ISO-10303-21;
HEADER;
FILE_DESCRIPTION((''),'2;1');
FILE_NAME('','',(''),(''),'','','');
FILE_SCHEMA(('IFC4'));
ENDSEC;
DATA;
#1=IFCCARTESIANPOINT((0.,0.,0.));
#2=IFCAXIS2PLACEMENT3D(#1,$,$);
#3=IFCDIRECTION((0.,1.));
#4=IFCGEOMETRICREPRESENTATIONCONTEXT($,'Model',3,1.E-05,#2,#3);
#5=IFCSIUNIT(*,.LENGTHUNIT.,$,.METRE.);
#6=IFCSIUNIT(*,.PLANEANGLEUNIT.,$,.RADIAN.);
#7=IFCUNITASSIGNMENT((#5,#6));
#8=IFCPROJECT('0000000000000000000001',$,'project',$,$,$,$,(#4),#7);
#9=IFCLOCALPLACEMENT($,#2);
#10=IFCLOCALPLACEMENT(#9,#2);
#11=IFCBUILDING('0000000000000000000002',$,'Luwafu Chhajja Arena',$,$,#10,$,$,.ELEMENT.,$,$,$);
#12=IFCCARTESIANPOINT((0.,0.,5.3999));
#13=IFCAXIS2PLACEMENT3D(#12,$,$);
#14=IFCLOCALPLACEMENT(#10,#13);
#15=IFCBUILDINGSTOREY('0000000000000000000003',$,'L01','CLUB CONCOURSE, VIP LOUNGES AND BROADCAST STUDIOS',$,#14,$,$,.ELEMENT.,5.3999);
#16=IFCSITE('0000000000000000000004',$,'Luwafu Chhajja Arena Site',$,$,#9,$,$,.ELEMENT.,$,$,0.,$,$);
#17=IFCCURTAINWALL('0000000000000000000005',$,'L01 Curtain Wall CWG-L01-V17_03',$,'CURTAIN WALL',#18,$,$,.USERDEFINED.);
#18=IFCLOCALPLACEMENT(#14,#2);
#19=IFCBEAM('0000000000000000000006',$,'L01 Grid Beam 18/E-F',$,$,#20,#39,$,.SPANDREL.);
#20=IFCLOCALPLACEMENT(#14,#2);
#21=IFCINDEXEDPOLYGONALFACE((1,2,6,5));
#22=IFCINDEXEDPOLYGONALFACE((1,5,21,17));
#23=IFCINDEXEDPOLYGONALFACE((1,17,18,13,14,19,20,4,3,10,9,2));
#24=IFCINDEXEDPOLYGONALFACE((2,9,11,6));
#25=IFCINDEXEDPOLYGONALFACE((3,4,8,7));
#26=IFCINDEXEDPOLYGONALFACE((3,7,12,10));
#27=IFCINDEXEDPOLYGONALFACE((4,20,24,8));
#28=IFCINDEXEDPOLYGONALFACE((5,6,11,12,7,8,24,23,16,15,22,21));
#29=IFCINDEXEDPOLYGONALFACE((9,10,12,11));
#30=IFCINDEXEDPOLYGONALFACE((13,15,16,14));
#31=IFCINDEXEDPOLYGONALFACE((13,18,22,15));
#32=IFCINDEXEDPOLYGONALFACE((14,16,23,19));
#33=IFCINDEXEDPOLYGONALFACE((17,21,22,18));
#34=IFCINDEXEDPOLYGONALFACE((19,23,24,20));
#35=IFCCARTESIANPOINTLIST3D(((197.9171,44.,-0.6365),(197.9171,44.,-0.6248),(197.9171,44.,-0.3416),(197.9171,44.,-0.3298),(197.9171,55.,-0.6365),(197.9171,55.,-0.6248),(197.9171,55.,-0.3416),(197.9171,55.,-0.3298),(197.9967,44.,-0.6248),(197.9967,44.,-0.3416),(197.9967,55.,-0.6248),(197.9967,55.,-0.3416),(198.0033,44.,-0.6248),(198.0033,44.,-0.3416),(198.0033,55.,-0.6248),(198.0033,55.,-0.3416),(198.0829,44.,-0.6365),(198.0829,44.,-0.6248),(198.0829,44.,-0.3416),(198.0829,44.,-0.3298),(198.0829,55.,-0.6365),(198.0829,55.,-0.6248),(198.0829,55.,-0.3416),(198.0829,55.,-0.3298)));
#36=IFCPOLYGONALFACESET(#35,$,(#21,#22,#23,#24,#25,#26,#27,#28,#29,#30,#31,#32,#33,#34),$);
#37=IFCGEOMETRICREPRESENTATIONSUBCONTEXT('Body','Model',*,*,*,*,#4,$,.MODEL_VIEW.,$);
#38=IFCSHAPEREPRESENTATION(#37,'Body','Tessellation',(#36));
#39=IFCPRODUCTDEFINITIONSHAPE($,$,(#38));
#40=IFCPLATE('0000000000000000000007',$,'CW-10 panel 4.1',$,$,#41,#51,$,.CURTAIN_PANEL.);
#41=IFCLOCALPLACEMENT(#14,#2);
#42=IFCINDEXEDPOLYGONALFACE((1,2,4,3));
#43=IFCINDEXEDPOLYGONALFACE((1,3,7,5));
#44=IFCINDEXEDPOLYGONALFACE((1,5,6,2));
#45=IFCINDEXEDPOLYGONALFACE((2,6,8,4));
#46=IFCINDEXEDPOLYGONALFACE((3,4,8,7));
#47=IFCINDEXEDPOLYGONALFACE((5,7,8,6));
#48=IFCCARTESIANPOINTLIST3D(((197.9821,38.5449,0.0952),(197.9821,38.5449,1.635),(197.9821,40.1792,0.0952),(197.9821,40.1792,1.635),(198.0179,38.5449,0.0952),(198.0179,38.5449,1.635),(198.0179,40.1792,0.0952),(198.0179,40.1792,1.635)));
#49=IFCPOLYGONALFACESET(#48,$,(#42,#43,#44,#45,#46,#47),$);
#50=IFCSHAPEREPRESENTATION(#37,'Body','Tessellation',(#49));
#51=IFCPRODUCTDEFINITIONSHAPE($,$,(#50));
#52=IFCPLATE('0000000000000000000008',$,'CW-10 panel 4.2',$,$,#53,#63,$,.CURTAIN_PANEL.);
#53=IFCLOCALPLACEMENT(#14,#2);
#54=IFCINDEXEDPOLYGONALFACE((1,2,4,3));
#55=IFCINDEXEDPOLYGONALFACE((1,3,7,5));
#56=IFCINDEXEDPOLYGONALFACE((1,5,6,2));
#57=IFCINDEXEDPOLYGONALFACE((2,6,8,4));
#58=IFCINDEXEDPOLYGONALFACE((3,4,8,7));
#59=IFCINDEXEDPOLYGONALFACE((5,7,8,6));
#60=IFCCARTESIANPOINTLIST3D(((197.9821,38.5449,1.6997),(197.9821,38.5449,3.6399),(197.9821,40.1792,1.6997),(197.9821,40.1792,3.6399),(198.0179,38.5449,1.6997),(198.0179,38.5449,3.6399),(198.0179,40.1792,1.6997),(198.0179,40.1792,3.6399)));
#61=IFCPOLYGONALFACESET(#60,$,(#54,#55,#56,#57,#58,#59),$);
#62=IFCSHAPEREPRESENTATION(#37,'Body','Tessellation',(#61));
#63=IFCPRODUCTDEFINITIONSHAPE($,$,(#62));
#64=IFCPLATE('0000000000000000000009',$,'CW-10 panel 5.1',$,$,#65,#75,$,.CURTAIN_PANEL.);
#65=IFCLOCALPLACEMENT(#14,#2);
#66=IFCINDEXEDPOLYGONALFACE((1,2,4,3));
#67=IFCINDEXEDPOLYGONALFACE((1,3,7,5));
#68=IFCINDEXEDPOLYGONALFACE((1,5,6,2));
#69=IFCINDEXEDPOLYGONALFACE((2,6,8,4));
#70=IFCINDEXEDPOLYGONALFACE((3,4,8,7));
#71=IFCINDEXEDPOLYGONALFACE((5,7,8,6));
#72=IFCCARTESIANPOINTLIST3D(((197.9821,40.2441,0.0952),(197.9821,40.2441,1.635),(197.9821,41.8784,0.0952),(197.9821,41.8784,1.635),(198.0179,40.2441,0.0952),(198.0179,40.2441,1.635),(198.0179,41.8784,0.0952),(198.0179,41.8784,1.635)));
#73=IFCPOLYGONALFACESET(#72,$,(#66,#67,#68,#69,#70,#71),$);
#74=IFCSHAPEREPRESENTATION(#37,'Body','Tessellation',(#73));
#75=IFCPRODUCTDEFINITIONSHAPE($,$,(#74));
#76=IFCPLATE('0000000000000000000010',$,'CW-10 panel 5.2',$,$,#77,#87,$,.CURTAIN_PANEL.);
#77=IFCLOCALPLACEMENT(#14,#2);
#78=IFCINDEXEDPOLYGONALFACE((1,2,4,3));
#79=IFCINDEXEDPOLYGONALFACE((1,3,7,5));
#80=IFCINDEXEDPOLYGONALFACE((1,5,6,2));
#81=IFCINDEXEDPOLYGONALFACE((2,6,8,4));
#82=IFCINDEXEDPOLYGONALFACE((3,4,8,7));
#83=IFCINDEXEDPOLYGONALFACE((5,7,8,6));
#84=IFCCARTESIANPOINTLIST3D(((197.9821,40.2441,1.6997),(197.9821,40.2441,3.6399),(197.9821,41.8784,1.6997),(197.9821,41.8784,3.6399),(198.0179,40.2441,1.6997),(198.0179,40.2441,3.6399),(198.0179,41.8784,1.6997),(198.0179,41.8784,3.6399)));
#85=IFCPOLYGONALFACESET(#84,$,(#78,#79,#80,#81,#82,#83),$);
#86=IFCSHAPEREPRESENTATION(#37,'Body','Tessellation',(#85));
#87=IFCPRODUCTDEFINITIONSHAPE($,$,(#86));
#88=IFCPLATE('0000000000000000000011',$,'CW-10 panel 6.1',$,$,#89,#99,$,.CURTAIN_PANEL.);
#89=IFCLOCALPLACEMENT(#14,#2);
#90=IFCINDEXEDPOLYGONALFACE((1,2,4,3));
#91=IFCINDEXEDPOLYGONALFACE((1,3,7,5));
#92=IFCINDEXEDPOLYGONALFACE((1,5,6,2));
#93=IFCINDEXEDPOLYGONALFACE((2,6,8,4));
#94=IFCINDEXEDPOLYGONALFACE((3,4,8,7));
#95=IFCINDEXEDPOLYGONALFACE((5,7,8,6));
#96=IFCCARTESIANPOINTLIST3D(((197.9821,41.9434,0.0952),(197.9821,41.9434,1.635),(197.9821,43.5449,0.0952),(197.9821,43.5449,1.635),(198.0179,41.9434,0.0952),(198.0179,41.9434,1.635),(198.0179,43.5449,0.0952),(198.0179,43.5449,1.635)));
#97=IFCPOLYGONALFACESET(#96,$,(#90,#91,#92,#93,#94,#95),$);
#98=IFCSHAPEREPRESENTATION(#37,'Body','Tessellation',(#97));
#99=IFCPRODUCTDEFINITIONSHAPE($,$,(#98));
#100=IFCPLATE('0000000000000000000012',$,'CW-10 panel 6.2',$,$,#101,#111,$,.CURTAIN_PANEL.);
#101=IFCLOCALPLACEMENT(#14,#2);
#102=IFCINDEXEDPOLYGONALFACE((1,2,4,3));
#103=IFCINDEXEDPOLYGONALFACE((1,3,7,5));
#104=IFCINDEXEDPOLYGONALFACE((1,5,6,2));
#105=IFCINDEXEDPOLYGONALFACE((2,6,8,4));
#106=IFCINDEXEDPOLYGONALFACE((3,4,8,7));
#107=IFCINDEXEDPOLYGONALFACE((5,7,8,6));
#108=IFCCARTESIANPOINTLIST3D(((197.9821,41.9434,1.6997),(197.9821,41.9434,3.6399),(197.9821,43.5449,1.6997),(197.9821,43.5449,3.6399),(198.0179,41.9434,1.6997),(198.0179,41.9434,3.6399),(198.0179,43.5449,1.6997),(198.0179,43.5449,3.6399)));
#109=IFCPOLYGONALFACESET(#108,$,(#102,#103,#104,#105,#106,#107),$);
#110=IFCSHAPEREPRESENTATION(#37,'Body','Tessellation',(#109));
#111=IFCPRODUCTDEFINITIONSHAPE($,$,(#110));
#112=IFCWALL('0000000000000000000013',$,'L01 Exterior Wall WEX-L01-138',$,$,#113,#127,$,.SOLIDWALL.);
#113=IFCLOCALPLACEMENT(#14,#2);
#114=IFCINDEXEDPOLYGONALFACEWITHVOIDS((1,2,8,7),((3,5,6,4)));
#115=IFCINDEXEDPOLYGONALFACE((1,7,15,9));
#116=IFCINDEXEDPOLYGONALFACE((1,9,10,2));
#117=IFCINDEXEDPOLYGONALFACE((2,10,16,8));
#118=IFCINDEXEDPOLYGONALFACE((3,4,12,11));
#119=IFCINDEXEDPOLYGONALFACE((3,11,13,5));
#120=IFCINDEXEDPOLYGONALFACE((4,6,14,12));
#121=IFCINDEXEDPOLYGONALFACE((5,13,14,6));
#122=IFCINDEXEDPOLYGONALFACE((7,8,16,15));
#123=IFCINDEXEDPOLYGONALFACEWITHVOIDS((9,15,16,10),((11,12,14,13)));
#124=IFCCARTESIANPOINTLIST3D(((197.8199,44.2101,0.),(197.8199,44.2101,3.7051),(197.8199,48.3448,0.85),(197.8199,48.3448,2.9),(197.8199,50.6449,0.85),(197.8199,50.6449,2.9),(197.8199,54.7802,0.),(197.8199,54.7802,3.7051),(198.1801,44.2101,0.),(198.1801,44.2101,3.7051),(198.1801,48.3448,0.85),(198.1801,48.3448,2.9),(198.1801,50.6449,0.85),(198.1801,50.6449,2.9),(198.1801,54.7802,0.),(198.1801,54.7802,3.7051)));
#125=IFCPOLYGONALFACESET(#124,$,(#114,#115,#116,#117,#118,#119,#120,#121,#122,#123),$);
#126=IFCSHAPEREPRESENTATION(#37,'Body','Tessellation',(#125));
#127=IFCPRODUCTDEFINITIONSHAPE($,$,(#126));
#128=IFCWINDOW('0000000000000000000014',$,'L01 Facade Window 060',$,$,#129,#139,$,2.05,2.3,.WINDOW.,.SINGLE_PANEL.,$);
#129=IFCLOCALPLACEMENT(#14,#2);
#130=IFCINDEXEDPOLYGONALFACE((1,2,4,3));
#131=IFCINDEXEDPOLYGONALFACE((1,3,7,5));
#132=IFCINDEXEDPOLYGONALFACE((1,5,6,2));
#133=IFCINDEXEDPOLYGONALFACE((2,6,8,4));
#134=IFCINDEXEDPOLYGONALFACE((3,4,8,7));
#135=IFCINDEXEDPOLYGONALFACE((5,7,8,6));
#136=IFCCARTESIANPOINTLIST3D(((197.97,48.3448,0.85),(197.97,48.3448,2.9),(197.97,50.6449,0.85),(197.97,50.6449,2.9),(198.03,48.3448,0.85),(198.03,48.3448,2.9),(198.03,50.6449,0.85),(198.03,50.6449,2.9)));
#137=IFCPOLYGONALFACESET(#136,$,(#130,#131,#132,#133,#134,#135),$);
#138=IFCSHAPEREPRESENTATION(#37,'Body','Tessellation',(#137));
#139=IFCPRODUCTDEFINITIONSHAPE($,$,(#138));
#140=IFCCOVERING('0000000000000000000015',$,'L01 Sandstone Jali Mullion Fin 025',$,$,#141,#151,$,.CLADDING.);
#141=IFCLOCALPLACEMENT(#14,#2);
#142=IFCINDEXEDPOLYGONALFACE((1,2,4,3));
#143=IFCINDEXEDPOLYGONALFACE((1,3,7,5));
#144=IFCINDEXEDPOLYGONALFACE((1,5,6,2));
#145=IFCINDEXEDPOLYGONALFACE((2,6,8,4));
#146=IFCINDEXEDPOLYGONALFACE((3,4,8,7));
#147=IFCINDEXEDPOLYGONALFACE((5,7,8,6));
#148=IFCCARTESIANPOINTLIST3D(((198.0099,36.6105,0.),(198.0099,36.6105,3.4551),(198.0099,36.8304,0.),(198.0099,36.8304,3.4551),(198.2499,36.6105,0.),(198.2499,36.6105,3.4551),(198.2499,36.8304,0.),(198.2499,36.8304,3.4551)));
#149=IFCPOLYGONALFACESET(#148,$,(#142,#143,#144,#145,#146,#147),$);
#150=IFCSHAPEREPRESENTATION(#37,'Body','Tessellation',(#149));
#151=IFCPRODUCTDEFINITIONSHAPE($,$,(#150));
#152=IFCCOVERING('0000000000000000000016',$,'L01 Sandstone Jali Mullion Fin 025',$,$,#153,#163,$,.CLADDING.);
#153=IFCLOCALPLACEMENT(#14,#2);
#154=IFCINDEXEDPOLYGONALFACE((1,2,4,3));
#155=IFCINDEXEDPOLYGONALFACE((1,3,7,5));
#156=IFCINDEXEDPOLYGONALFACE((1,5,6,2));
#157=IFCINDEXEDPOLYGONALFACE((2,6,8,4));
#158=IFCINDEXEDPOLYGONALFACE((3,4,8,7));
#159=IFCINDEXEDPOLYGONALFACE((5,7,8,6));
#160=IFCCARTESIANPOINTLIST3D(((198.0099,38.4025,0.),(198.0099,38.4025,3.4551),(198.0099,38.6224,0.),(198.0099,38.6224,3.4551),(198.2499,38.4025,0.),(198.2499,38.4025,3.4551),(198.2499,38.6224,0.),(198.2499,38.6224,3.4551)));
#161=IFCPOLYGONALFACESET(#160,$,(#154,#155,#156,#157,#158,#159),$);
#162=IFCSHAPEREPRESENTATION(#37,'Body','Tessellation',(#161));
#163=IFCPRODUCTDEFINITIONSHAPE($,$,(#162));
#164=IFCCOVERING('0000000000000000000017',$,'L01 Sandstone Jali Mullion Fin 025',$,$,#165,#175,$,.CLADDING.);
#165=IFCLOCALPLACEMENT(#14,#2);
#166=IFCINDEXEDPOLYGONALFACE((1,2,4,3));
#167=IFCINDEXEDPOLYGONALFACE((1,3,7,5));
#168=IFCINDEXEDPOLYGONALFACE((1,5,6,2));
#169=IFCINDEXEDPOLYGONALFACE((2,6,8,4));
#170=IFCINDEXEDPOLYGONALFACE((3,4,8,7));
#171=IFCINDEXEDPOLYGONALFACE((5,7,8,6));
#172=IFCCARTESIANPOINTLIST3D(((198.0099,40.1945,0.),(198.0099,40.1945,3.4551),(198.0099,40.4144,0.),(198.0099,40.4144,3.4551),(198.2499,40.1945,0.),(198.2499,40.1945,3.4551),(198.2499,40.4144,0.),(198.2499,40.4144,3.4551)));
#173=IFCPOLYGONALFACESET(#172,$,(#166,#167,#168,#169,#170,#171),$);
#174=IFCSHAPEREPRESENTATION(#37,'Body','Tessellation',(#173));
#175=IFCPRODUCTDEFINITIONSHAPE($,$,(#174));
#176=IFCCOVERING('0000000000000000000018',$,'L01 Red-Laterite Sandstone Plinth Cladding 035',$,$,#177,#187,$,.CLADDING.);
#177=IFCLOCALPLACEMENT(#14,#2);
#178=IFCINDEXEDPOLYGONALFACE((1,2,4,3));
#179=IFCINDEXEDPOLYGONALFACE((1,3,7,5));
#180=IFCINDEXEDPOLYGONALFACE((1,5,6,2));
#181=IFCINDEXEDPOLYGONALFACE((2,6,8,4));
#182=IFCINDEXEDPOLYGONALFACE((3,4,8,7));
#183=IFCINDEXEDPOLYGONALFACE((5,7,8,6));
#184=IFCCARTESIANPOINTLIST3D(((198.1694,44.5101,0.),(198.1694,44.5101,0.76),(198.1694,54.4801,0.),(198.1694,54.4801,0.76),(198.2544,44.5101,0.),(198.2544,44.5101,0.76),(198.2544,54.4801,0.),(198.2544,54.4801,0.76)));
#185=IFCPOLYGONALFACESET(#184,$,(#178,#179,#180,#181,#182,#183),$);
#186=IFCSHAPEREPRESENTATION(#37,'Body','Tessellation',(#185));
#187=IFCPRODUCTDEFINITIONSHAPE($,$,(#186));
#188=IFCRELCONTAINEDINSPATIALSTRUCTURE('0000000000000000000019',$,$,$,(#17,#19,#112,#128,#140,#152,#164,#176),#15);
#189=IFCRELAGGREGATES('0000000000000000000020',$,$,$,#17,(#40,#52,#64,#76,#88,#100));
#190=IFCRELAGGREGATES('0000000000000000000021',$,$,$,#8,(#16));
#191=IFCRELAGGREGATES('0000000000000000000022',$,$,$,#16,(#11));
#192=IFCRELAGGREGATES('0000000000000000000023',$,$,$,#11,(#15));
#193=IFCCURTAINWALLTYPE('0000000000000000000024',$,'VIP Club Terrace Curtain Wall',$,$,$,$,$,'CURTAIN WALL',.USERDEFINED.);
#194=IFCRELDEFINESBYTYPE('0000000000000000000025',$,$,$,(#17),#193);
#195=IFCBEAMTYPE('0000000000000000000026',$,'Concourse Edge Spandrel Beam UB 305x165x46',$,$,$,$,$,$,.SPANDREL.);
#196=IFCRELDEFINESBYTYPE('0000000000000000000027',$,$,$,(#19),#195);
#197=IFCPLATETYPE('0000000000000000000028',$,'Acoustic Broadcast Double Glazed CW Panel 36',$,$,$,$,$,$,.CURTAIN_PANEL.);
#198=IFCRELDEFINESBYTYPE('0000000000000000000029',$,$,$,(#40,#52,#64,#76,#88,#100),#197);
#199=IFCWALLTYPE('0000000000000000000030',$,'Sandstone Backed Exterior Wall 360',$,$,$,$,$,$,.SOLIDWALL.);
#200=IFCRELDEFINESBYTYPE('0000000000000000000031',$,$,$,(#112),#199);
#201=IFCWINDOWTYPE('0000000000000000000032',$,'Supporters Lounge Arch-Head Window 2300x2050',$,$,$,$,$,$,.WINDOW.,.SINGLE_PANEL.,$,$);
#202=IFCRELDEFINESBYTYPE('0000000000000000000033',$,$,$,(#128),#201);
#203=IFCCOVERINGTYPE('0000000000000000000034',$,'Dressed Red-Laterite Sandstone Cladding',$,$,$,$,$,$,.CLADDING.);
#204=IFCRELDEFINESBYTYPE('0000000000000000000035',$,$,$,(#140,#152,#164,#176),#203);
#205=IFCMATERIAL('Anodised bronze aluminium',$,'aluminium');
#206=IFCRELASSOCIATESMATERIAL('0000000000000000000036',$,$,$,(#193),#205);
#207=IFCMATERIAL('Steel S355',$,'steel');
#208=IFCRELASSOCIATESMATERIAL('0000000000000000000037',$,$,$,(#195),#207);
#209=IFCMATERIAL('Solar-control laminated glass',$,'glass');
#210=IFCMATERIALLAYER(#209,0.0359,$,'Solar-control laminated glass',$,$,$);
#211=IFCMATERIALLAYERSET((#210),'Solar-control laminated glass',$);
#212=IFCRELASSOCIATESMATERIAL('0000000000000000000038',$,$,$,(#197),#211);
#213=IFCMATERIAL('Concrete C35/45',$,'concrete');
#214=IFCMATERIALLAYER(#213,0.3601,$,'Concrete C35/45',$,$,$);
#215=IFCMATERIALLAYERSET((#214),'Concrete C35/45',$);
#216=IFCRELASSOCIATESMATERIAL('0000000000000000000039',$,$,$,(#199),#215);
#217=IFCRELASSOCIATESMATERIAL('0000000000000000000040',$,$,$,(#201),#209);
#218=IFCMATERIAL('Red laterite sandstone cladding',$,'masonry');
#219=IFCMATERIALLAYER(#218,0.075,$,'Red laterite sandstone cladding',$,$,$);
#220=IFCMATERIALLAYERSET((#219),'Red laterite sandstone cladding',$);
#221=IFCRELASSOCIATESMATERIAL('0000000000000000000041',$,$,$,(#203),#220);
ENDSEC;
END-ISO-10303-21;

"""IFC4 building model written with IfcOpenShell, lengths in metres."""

from ifc_helpers import new_model, si_unit, direction, frame, frame_2d, origin, origin_2d, place, context, subcontext, project, spatial, rectangle, i_section, extrude, material, layer, layer_set, material_profile, profile_set, type_object, element, fill, aggregate, save


model = new_model("IFC4")

# Units and contexts
model_context = context("Model", 3, precision=1e-05, world=origin(), true_north=direction((0.0, 1.0)))
body_context = subcontext(model_context, "Body", "Model", "MODEL_VIEW")
ifc_project = project(units=[si_unit("LENGTHUNIT", "METRE"), si_unit("PLANEANGLEUNIT", "RADIAN")], contexts=[model_context])

# Site, building, storey
site_placement = place(None, origin())
site = spatial("IfcSite", under=ifc_project, at=site_placement, Name="Luwafu Chhajja Arena Site", CompositionType="ELEMENT", RefElevation=0.0)
building_placement = place(site_placement, origin())
building = spatial("IfcBuilding", under=site, at=building_placement, Name="Luwafu Chhajja Arena", CompositionType="ELEMENT")
storey_placement = place(building_placement, frame((0.0, 0.0, 5.3999)))
storey = spatial("IfcBuildingStorey", under=building, at=storey_placement, Name="L01", Description="CLUB CONCOURSE, VIP LOUNGES AND BROADCAST STUDIOS", CompositionType="ELEMENT", Elevation=5.3999)

# Shared definitions
ifc_material_1 = material(Name="Concrete C35/45", Category="concrete")

# Curtain wall
ifc_material_2 = material(Name="Anodised bronze aluminium", Category="aluminium")
curtain_wall_type = type_object("IfcCurtainWallType", Name="VIP Club Terrace Curtain Wall", ElementType="CURTAIN WALL", PredefinedType="USERDEFINED", material=ifc_material_2)
curtain_wall_placement = place(storey_placement, origin())
curtain_wall = element("IfcCurtainWall", 1, at=curtain_wall_placement, inside=storey, type_object=curtain_wall_type, Name="L01 Curtain Wall CWG-L01-V17_03", ObjectType="CURTAIN WALL", PredefinedType="USERDEFINED")

# Beam
ifc_material_3 = material(Name="Steel S355", Category="steel")
ifc_material_profile_1 = material_profile(ifc_material_3, i_section(OverallWidth=0.1658, OverallDepth=0.3066, WebThickness=0.0066, FlangeThickness=0.0117, at=origin_2d()), Name="UB 305x165x46")
ifc_profile_set_1 = profile_set([ifc_material_profile_1], Name="Steel S355")
beam_type = type_object("IfcBeamType", Name="Concourse Edge Spandrel Beam UB 305x165x46", PredefinedType="SPANDREL", material=ifc_profile_set_1)
beam_placement = place(storey_placement, frame((198.0, 44.0, -0.4832), z_axis=(0.0, 1.0, 0.0), x_axis=(-1.0, 0.0, 0.0)))
element("IfcBeam", 2, at=beam_placement, inside=storey, type_object=beam_type, Name="L01 Grid Beam 18/E-F", PredefinedType="SPANDREL", context=body_context, shape_type="SweptSolid", body=[
    extrude(i_section(OverallWidth=0.1658, OverallDepth=0.3066, WebThickness=0.0066, FlangeThickness=0.0117, at=origin_2d()), origin(), (0.0, 0.0, 1.0), 11.0),
])

# Plates
ifc_material_4 = material(Name="Solar-control laminated glass", Category="glass")
ifc_layer_1 = layer(ifc_material_4, 0.0359, Name="Solar-control laminated glass")
ifc_layer_set_1 = layer_set([ifc_layer_1], Name="Solar-control laminated glass")
plate_type = type_object("IfcPlateType", Name="Acoustic Broadcast Double Glazed CW Panel 36", PredefinedType="CURTAIN_PANEL", material=ifc_layer_set_1)
plate_1_placement = place(storey_placement, frame((198.0, 39.3621, 0.0952), z_axis=(0.0, 0.0, 1.0), x_axis=(0.0, 1.0, 0.0)))
plate_1 = element("IfcPlate", 3, at=plate_1_placement, type_object=plate_type, Name="CW-10 panel 4.1", PredefinedType="CURTAIN_PANEL", context=body_context, shape_type="SweptSolid", body=[
    extrude(rectangle(XDim=1.6343, YDim=0.0359, at=origin_2d()), origin(), (0.0, 0.0, 1.0), 1.5398),
])
plate_2_placement = place(storey_placement, frame((198.0, 39.3621, 1.6997), z_axis=(0.0, 0.0, 1.0), x_axis=(0.0, 1.0, 0.0)))
plate_2 = element("IfcPlate", 4, at=plate_2_placement, type_object=plate_type, Name="CW-10 panel 4.2", PredefinedType="CURTAIN_PANEL", context=body_context, shape_type="SweptSolid", body=[
    extrude(rectangle(XDim=1.6343, YDim=0.0359, at=origin_2d()), origin(), (0.0, 0.0, 1.0), 1.9402),
])
plate_3_placement = place(storey_placement, frame((198.0, 41.0613, 0.0952), z_axis=(0.0, 0.0, 1.0), x_axis=(0.0, 1.0, 0.0)))
plate_3 = element("IfcPlate", 5, at=plate_3_placement, type_object=plate_type, Name="CW-10 panel 5.1", PredefinedType="CURTAIN_PANEL", context=body_context, shape_type="SweptSolid", body=[
    extrude(rectangle(XDim=1.6343, YDim=0.0359, at=origin_2d()), origin(), (0.0, 0.0, 1.0), 1.5398),
])
plate_4_placement = place(storey_placement, frame((198.0, 41.0613, 1.6997), z_axis=(0.0, 0.0, 1.0), x_axis=(0.0, 1.0, 0.0)))
plate_4 = element("IfcPlate", 6, at=plate_4_placement, type_object=plate_type, Name="CW-10 panel 5.2", PredefinedType="CURTAIN_PANEL", context=body_context, shape_type="SweptSolid", body=[
    extrude(rectangle(XDim=1.6343, YDim=0.0359, at=origin_2d()), origin(), (0.0, 0.0, 1.0), 1.9402),
])
plate_5_placement = place(storey_placement, frame((198.0, 42.7441, 0.0952), z_axis=(0.0, 0.0, 1.0), x_axis=(0.0, 1.0, 0.0)))
plate_5 = element("IfcPlate", 7, at=plate_5_placement, type_object=plate_type, Name="CW-10 panel 6.1", PredefinedType="CURTAIN_PANEL", context=body_context, shape_type="SweptSolid", body=[
    extrude(rectangle(XDim=1.6016, YDim=0.0359, at=origin_2d()), origin(), (0.0, 0.0, 1.0), 1.5398),
])
plate_6_placement = place(storey_placement, frame((198.0, 42.7441, 1.6997), z_axis=(0.0, 0.0, 1.0), x_axis=(0.0, 1.0, 0.0)))
plate_6 = element("IfcPlate", 8, at=plate_6_placement, type_object=plate_type, Name="CW-10 panel 6.2", PredefinedType="CURTAIN_PANEL", context=body_context, shape_type="SweptSolid", body=[
    extrude(rectangle(XDim=1.6016, YDim=0.0359, at=origin_2d()), origin(), (0.0, 0.0, 1.0), 1.9402),
])
aggregate(curtain_wall, [plate_1, plate_2, plate_3, plate_4, plate_5, plate_6])

# Wall, opening, window
ifc_layer_2 = layer(ifc_material_1, 0.3601, Name="Concrete C35/45")
ifc_layer_set_2 = layer_set([ifc_layer_2], Name="Concrete C35/45")
wall_type = type_object("IfcWallType", Name="Sandstone Backed Exterior Wall 360", PredefinedType="SOLIDWALL", material=ifc_layer_set_2)
wall_placement = place(storey_placement, frame((198.0, 44.21, 0.0), z_axis=(0.0, 0.0, 1.0), x_axis=(0.0, 1.0, 0.0)))
wall = element("IfcWall", 9, at=wall_placement, inside=storey, type_object=wall_type, Name="L01 Exterior Wall WEX-L01-138", PredefinedType="SOLIDWALL", context=body_context, shape_type="SweptSolid", body=[
    extrude(rectangle(XDim=10.5701, YDim=0.3601, at=frame_2d((5.2852, 0.0))), origin(), (0.0, 0.0, 1.0), 3.7051),
])
opening_placement = place(wall_placement, frame((4.135, 0.0, 0.8501)))
opening = element("IfcOpeningElement", 10, at=opening_placement, cuts=wall, PredefinedType="OPENING", context=body_context, shape_type="SweptSolid", body=[
    extrude(rectangle(XDim=2.3, YDim=2.05, at=frame_2d((1.1499, 1.0249))), frame((0.0, 0.1899, 0.0), z_axis=(0.0, -1.0, 0.0), x_axis=(1.0, 0.0, 0.0)), (0.0, 0.0, 1.0), 0.3801),
])
window_type = type_object("IfcWindowType", Name="Supporters Lounge Arch-Head Window 2300x2050", PartitioningType="SINGLE_PANEL", PredefinedType="WINDOW", material=ifc_material_4)
window_placement = place(opening_placement, origin())
window = element("IfcWindow", 11, at=window_placement, inside=storey, type_object=window_type, Name="L01 Facade Window 060", OverallHeight=2.05, OverallWidth=2.3, PartitioningType="SINGLE_PANEL", PredefinedType="WINDOW", context=body_context, shape_type="SweptSolid", body=[
    extrude(rectangle(XDim=2.3, YDim=2.05, at=frame_2d((1.1499, 1.0249))), frame((0.0, 0.03, 0.0), z_axis=(0.0, -1.0, 0.0), x_axis=(1.0, 0.0, 0.0)), (0.0, 0.0, 1.0), 0.0601),
])
fill(opening, window)

# Coverings
ifc_material_5 = material(Name="Red laterite sandstone cladding", Category="masonry")
ifc_layer_3 = layer(ifc_material_5, 0.075, Name="Red laterite sandstone cladding")
ifc_layer_set_3 = layer_set([ifc_layer_3], Name="Red laterite sandstone cladding")
covering_type = type_object("IfcCoveringType", Name="Dressed Red-Laterite Sandstone Cladding", PredefinedType="CLADDING", material=ifc_layer_set_3)
for number, where, z_axis, x_axis, name in (
    (12, (198.1299, 36.7205, 0.0), (0.0, 0.0, 1.0), (0.0, 1.0, 0.0), "L01 Sandstone Jali Mullion Fin 025"),
    (13, (198.1299, 38.5125, 0.0), (0.0, 0.0, 1.0), (0.0, 1.0, 0.0), "L01 Sandstone Jali Mullion Fin 025"),
    (14, (198.1299, 40.3044, 0.0), (0.0, 0.0, 1.0), (0.0, 1.0, 0.0), "L01 Sandstone Jali Mullion Fin 025"),
):
    element("IfcCovering", number, at=place(storey_placement, frame(where, z_axis=z_axis, x_axis=x_axis)), inside=storey, type_object=covering_type, Name=name, PredefinedType="CLADDING", context=body_context, shape_type="SweptSolid", body=[
        extrude(rectangle(XDim=0.22, YDim=0.24, at=origin_2d()), origin(), (0.0, 0.0, 1.0), 3.4551),
    ])
covering_1_placement = place(storey_placement, frame((198.2119, 49.4951, 0.0), z_axis=(0.0, 0.0, 1.0), x_axis=(0.0, 1.0, 0.0)))
element("IfcCovering", 15, at=covering_1_placement, inside=storey, type_object=covering_type, Name="L01 Red-Laterite Sandstone Plinth Cladding 035", PredefinedType="CLADDING", context=body_context, shape_type="SweptSolid", body=[
    extrude(rectangle(XDim=9.97, YDim=0.085, at=origin_2d()), origin(), (0.0, 0.0, 1.0), 0.76),
])

save(model, "model.ifc")
